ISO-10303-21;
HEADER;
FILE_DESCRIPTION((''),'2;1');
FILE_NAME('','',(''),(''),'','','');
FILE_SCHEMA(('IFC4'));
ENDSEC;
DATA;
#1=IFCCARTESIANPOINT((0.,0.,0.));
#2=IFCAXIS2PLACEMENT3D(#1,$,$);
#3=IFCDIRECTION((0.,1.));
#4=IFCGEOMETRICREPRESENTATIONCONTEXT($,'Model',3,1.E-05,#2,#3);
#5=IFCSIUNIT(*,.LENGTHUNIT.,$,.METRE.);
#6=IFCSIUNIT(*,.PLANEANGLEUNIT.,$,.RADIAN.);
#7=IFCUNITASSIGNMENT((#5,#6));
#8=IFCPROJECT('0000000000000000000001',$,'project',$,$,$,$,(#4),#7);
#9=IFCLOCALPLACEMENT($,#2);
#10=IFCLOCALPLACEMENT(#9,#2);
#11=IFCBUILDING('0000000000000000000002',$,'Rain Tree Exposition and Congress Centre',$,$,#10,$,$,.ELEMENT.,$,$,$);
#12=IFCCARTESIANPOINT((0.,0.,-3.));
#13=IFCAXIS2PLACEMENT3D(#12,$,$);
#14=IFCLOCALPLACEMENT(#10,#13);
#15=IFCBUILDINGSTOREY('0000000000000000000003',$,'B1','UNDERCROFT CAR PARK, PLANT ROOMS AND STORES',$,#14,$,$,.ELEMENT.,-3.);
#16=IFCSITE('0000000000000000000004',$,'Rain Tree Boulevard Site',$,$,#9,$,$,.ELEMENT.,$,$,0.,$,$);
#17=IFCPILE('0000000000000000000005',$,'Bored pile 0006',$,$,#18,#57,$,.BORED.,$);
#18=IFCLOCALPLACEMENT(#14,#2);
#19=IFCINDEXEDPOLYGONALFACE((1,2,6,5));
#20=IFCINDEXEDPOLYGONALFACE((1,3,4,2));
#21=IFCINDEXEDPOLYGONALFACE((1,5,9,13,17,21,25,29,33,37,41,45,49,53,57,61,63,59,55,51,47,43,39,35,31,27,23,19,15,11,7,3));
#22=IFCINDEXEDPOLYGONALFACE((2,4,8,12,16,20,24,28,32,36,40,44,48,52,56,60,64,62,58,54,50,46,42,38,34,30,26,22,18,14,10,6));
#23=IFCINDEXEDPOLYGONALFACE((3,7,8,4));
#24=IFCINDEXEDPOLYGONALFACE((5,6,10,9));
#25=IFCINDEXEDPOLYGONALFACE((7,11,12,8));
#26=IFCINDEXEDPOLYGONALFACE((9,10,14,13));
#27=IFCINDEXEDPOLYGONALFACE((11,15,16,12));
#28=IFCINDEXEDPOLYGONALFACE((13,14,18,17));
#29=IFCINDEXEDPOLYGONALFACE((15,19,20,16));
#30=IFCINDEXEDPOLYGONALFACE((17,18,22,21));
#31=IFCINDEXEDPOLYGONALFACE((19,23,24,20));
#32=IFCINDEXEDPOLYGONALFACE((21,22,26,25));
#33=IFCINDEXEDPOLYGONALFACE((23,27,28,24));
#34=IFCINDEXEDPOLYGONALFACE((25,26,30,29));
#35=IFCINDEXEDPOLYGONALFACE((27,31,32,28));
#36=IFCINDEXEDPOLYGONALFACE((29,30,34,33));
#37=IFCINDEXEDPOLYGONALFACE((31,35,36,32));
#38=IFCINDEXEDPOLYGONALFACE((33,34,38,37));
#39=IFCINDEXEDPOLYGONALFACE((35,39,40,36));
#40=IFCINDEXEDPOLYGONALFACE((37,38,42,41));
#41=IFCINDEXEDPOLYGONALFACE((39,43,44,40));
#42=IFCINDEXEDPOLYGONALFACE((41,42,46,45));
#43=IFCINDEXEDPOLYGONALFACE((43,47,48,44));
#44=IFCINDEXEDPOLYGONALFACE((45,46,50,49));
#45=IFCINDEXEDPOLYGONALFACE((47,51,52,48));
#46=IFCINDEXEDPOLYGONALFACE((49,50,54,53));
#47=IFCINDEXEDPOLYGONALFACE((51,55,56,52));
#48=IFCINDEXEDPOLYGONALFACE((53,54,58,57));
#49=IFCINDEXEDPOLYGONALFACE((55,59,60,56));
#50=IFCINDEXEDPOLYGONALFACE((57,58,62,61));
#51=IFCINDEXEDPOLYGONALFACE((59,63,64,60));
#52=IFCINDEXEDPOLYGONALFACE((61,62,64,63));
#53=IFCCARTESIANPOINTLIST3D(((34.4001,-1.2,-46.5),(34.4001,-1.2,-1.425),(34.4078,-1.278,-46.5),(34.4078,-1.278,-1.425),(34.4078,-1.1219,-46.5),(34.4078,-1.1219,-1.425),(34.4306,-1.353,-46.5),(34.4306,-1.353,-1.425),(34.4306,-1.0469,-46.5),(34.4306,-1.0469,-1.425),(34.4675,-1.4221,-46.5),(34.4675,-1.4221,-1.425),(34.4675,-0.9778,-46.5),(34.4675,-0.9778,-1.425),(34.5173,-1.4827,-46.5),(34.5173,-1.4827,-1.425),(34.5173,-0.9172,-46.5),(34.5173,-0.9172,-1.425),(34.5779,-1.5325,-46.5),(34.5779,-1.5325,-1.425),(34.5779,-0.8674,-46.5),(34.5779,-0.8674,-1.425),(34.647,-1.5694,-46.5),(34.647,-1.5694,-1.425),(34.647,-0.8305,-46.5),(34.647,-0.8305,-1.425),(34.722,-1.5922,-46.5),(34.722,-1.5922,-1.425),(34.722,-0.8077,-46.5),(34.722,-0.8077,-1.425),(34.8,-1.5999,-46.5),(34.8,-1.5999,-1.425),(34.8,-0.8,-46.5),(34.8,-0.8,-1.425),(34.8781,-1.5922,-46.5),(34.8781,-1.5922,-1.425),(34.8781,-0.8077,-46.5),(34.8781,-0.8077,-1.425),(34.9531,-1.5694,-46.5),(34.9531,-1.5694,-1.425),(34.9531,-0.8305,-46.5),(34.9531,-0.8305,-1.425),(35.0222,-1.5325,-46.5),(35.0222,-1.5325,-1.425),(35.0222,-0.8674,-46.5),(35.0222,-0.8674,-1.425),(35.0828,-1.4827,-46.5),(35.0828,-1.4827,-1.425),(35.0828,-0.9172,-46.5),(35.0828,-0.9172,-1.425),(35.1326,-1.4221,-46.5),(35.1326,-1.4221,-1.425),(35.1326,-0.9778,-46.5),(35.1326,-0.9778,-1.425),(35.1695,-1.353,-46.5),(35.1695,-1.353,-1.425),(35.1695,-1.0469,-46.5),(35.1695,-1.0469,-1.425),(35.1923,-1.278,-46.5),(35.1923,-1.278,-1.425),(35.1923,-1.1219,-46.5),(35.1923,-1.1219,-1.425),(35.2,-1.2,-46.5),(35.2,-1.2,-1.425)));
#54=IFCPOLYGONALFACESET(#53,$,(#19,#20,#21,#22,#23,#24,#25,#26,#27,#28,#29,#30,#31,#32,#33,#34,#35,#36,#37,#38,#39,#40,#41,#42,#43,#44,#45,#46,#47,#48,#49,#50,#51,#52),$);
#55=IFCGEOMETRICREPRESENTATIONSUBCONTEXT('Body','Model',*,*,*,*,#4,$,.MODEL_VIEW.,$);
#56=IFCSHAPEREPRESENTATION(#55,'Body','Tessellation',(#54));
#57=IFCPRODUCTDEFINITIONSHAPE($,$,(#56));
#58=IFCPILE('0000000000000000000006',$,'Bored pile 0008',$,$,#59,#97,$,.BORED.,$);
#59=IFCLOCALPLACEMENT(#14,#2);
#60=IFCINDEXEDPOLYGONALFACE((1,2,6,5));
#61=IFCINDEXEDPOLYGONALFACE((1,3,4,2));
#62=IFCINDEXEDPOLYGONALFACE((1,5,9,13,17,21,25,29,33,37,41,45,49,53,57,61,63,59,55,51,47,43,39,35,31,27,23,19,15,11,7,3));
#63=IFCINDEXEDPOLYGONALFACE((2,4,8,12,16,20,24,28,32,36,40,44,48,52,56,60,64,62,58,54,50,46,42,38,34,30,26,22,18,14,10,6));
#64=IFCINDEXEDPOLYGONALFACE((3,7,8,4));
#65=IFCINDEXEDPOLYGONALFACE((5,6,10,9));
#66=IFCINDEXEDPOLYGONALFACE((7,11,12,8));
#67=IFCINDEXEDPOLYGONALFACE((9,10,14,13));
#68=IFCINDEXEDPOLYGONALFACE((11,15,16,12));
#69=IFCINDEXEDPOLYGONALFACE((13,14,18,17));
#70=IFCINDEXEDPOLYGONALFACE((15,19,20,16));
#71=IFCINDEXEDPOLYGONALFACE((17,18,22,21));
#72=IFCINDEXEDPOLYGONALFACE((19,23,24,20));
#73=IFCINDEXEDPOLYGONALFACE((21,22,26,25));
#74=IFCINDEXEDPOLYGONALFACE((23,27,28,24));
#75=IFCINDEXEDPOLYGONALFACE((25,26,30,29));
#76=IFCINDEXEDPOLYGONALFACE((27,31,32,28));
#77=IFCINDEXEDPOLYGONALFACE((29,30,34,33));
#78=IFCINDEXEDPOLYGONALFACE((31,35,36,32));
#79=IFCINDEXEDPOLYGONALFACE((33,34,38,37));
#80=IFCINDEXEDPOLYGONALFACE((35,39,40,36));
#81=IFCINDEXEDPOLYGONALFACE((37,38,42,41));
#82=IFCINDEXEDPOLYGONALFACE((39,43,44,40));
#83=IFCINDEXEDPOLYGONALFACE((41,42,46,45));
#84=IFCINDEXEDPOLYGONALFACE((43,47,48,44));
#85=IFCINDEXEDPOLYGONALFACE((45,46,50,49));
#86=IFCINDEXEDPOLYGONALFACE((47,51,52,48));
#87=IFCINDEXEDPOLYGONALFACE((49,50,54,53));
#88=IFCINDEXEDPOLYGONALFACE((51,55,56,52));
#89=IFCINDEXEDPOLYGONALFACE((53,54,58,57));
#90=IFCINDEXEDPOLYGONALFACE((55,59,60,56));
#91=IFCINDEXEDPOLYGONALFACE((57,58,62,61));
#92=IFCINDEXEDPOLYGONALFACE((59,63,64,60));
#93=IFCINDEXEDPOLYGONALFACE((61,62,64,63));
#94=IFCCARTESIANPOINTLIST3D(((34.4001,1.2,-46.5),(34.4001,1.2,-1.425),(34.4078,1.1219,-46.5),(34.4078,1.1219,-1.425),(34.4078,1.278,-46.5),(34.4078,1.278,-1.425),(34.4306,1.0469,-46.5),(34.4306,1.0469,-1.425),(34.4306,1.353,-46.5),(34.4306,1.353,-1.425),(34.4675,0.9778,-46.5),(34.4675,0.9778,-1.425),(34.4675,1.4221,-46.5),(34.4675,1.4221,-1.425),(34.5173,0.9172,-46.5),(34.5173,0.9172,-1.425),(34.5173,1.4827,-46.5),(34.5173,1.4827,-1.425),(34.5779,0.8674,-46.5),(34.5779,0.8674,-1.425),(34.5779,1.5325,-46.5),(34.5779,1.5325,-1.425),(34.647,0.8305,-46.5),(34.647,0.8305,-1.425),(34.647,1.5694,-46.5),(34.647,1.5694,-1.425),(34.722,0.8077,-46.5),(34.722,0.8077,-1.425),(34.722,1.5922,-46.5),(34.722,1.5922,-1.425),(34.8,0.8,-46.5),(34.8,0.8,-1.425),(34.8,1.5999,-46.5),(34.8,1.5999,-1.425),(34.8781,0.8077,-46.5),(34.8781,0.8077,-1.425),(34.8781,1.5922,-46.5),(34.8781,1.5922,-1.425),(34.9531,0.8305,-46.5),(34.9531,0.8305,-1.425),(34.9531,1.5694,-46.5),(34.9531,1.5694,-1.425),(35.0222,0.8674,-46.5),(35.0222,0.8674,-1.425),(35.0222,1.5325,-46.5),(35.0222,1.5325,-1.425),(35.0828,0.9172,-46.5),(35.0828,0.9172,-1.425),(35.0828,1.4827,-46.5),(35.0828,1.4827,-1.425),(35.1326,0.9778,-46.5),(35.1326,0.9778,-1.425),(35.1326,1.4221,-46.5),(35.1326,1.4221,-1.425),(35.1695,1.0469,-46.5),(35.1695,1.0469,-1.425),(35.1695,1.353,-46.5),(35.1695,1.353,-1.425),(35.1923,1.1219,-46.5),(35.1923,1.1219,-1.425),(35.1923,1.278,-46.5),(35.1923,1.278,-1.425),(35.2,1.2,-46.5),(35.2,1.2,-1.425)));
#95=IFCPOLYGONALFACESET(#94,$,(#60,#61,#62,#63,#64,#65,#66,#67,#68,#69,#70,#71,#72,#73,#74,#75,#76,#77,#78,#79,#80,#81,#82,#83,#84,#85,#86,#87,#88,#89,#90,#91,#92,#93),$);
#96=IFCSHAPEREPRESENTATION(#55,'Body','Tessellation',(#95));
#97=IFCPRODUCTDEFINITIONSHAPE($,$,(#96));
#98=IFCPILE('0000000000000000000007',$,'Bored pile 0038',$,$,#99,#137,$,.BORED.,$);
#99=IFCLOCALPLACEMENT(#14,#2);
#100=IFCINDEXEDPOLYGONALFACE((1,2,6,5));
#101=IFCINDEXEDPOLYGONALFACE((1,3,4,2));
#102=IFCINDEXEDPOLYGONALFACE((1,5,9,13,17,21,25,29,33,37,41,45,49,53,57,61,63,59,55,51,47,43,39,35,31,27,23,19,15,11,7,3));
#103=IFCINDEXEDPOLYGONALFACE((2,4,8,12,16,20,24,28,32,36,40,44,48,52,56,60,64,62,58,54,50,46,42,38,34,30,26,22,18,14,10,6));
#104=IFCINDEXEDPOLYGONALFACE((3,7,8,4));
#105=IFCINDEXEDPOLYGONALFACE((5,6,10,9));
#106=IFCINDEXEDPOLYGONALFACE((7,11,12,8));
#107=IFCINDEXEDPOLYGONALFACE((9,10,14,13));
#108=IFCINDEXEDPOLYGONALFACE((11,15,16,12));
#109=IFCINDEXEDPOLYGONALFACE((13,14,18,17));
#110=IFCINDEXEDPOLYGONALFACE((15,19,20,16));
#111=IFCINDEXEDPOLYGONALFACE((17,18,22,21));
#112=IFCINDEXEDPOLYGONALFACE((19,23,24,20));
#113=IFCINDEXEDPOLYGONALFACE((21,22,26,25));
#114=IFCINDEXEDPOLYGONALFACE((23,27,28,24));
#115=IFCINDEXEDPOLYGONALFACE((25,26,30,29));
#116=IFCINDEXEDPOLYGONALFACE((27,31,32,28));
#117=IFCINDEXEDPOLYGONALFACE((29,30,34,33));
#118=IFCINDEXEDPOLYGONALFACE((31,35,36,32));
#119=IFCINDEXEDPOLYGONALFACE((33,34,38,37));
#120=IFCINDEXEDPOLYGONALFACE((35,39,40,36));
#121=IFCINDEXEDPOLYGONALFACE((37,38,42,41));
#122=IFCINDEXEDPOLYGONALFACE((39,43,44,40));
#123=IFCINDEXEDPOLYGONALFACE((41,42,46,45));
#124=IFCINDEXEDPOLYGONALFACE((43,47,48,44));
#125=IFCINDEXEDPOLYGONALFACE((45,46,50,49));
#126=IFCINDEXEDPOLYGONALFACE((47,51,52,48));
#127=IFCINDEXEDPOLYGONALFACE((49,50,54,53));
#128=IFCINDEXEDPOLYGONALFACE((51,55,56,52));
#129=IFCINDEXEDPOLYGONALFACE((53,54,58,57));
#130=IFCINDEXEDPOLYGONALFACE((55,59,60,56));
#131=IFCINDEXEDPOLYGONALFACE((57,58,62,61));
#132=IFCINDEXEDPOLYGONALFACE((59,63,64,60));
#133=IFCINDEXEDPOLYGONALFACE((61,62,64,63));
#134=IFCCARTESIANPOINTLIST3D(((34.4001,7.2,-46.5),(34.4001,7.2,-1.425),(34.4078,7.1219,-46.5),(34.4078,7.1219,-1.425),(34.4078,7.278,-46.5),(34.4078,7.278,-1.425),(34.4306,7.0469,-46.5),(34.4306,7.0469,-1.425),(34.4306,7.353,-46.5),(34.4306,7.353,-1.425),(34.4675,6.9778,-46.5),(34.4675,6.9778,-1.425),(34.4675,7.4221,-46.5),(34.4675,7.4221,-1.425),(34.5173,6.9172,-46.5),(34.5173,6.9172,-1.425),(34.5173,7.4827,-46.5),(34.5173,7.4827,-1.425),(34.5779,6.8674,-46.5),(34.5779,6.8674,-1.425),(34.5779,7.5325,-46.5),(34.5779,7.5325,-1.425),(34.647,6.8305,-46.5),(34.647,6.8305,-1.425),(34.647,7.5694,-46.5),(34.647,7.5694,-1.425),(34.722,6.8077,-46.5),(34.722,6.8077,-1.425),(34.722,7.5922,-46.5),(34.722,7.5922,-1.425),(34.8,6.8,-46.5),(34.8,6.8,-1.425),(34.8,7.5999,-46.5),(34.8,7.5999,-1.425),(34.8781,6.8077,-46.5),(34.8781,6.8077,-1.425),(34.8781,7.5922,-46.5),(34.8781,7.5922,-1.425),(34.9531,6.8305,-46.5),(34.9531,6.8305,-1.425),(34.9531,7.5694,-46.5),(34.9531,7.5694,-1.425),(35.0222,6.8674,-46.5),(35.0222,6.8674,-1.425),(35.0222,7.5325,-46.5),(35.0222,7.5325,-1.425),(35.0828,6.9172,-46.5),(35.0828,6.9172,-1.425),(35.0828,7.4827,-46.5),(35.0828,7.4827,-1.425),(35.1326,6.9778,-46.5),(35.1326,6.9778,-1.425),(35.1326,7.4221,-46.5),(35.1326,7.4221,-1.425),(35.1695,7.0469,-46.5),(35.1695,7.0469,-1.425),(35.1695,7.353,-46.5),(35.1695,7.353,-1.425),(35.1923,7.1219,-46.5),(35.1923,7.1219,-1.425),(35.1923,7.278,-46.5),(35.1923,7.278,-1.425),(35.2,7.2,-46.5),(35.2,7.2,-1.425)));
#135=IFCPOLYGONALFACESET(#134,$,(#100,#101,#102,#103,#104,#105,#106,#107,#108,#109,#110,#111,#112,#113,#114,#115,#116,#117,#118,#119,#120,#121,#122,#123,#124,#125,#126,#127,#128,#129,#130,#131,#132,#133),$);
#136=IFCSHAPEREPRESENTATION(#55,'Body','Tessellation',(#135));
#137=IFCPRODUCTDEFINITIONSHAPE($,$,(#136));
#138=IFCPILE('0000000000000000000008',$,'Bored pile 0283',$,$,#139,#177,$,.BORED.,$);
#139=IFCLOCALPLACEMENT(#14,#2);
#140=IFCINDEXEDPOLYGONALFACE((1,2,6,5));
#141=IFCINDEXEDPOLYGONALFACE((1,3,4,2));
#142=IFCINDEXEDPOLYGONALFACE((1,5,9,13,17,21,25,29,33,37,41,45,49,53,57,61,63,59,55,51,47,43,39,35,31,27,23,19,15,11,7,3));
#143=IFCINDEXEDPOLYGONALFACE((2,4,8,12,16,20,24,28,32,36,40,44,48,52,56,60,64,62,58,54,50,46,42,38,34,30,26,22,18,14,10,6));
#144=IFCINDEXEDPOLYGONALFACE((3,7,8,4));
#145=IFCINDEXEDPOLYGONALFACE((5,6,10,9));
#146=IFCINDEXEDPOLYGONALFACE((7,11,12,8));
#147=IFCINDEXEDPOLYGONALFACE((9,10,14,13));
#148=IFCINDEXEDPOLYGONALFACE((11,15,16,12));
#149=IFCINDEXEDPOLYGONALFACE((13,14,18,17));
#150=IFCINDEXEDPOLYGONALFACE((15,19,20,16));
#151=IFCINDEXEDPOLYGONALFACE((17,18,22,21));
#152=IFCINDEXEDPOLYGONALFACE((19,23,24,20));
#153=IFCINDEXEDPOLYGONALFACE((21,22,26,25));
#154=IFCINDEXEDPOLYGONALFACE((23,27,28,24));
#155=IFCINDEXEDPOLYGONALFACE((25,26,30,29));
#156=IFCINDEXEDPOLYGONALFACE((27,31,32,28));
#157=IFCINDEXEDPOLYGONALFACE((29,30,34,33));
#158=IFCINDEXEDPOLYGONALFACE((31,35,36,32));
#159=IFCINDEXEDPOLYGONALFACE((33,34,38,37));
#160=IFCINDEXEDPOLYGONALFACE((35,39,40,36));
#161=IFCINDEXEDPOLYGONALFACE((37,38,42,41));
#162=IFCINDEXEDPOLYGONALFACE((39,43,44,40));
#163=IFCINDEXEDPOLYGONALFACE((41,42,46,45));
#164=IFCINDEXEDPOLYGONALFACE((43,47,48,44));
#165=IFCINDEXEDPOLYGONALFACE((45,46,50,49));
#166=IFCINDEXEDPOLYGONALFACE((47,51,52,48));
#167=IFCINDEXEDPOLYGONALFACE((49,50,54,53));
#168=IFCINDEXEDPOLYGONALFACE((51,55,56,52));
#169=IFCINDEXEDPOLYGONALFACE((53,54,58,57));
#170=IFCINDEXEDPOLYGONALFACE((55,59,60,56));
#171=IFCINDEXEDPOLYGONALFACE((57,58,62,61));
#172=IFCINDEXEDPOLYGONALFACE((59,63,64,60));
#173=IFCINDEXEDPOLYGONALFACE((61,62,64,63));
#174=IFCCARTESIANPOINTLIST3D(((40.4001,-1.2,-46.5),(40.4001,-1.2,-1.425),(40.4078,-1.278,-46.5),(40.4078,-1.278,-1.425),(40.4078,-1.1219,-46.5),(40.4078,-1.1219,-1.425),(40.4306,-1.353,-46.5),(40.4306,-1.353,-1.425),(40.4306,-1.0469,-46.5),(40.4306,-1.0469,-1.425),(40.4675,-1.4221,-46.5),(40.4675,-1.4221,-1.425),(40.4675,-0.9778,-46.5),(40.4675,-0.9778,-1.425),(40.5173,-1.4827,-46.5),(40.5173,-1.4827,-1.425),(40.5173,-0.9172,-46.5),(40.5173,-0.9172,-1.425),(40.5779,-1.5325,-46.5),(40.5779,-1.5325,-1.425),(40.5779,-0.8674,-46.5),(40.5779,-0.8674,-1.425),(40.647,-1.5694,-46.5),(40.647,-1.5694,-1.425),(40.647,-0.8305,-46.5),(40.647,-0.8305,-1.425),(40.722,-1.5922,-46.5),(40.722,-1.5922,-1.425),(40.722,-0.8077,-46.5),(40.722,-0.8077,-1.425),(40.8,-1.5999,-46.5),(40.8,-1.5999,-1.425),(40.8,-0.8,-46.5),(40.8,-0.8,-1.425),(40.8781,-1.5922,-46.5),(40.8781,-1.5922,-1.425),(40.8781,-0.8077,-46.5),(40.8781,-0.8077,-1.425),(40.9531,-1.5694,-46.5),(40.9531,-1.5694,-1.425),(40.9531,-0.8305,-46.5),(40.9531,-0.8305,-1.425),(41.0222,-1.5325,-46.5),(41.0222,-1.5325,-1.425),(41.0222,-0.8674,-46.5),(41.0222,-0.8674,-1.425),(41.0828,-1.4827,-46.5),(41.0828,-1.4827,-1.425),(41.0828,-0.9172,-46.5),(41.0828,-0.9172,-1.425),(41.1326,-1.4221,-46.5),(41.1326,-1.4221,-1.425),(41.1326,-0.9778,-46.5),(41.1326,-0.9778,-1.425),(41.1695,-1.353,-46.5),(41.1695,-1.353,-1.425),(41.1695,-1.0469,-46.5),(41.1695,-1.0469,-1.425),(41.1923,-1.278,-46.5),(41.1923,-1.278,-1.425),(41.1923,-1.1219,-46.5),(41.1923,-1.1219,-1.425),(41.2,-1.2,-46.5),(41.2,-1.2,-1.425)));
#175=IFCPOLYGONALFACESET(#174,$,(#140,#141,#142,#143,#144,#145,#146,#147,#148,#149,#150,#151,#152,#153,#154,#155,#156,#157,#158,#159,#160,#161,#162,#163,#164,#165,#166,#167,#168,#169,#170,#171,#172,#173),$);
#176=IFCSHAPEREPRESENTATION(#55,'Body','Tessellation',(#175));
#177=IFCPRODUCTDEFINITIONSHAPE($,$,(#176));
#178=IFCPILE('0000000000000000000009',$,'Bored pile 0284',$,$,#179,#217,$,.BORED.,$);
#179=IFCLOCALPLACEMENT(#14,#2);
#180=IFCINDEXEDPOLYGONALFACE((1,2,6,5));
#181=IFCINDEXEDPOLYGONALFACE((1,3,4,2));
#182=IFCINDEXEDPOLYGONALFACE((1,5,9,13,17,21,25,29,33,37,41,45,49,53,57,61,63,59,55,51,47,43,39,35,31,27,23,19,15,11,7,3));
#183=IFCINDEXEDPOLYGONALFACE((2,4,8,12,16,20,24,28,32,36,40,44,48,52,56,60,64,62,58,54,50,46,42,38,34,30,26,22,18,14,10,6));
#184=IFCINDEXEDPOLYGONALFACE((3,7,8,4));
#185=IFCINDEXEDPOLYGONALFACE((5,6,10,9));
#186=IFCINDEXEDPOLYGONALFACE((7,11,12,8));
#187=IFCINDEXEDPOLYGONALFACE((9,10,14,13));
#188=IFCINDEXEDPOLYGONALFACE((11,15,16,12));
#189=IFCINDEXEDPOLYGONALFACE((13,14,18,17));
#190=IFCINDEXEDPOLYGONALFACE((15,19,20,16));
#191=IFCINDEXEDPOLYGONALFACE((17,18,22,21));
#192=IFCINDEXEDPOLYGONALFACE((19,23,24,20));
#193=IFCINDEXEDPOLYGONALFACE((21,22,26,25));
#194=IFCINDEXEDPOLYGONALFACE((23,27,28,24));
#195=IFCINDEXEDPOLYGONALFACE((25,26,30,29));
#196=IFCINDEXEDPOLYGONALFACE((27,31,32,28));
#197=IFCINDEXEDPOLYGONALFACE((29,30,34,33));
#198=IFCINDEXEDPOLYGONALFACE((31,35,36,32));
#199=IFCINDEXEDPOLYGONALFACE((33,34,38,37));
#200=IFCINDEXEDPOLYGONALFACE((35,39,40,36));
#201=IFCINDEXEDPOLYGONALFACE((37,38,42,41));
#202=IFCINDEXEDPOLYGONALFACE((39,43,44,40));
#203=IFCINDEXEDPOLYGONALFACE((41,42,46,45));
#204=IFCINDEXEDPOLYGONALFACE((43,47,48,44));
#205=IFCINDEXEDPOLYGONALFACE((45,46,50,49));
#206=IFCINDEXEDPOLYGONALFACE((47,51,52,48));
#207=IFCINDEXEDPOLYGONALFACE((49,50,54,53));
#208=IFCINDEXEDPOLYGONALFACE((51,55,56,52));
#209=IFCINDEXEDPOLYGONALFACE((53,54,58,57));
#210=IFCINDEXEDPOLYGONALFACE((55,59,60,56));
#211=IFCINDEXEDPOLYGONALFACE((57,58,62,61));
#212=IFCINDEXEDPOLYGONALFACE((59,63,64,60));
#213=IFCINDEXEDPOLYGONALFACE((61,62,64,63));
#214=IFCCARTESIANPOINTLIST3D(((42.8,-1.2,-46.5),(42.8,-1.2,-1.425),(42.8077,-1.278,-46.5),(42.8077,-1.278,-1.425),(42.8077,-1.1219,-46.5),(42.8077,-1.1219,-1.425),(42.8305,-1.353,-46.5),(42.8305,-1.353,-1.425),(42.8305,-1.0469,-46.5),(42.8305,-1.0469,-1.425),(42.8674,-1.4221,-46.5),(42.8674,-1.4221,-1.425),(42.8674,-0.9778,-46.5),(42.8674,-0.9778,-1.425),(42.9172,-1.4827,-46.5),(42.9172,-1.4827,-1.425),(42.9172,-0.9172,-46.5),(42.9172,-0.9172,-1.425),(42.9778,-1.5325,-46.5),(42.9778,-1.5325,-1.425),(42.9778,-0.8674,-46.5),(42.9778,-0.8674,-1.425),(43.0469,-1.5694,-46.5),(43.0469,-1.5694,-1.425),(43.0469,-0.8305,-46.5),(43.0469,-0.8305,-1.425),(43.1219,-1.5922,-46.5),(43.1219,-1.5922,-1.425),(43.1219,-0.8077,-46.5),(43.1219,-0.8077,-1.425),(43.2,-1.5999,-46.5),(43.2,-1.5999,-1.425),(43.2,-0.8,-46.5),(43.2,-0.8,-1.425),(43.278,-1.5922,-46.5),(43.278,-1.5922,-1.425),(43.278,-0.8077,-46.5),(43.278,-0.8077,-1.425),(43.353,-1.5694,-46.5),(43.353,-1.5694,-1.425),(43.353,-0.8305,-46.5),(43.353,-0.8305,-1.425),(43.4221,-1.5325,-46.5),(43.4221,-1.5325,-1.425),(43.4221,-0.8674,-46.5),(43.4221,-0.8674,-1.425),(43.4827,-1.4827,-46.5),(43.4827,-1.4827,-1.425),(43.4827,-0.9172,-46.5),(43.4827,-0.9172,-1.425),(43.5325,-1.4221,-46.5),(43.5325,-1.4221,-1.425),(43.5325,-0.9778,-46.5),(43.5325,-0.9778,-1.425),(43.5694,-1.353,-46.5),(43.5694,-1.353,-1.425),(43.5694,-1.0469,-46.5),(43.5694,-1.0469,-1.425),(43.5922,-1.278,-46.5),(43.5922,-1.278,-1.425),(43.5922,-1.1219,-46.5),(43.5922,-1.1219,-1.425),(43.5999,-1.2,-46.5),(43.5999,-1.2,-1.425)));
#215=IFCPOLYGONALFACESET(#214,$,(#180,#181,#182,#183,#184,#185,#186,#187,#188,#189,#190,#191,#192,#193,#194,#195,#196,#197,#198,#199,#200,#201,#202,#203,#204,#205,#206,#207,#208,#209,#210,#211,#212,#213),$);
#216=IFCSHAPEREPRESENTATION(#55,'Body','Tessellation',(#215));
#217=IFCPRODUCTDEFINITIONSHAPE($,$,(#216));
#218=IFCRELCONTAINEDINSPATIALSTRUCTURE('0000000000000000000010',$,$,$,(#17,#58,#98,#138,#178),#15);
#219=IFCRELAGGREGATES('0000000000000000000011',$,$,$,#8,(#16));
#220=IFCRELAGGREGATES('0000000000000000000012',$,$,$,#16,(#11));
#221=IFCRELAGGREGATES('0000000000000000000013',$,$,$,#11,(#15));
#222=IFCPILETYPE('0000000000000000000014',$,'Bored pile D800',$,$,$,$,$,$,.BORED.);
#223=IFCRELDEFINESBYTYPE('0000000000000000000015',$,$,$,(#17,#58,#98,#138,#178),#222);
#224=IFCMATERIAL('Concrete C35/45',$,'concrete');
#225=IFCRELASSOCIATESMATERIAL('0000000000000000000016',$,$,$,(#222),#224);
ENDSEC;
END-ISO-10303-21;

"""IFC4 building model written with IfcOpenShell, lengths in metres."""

from ifc_helpers import new_model, si_unit, direction, frame, origin, origin_2d, place, context, subcontext, project, spatial, circle, extrude, material, material_profile, profile_set, type_object, element, save


model = new_model("IFC4")

# Units and contexts
model_context = context("Model", 3, precision=1e-05, world=origin(), true_north=direction((0.0, 1.0)))
body_context = subcontext(model_context, "Body", "Model", "MODEL_VIEW")
ifc_project = project(units=[si_unit("LENGTHUNIT", "METRE"), si_unit("PLANEANGLEUNIT", "RADIAN")], contexts=[model_context])

# Site, building, storey
site_placement = place(None, origin())
site = spatial("IfcSite", under=ifc_project, at=site_placement, Name="Rain Tree Boulevard Site", CompositionType="ELEMENT", RefElevation=0.0)
building_placement = place(site_placement, origin())
building = spatial("IfcBuilding", under=site, at=building_placement, Name="Rain Tree Exposition and Congress Centre", CompositionType="ELEMENT")
storey_placement = place(building_placement, frame((0.0, 0.0, -3.0)))
storey = spatial("IfcBuildingStorey", under=building, at=storey_placement, Name="B1", Description="UNDERCROFT CAR PARK, PLANT ROOMS AND STORES", CompositionType="ELEMENT", Elevation=-3.0)

# Piles
ifc_material_1 = material(Name="Concrete C35/45", Category="concrete")
ifc_material_profile_1 = material_profile(ifc_material_1, circle(Radius=0.3999, at=origin_2d()), Name="D800")
ifc_profile_set_1 = profile_set([ifc_material_profile_1], Name="Concrete C35/45")
pile_type = type_object("IfcPileType", Name="Bored pile D800", PredefinedType="BORED", material=ifc_profile_set_1)
for number, where, z_axis, x_axis, name in (
    (1, (34.8, -1.2, -1.425), (0.0, 0.0, -1.0), (1.0, 0.0, 0.0), "Bored pile 0006"),
    (2, (34.8, 1.2, -1.425), (0.0, 0.0, -1.0), (1.0, 0.0, 0.0), "Bored pile 0008"),
    (3, (34.8, 7.2, -1.425), (0.0, 0.0, -1.0), (1.0, 0.0, 0.0), "Bored pile 0038"),
    (4, (40.8, -1.2, -1.425), (0.0, 0.0, -1.0), (1.0, 0.0, 0.0), "Bored pile 0283"),
    (5, (43.2, -1.2, -1.425), (0.0, 0.0, -1.0), (1.0, 0.0, 0.0), "Bored pile 0284"),
):
    element("IfcPile", number, at=place(storey_placement, frame(where, z_axis=z_axis, x_axis=x_axis)), inside=storey, type_object=pile_type, Name=name, PredefinedType="BORED", context=body_context, shape_type="SweptSolid", body=[
        extrude(circle(Radius=0.3999, at=origin_2d()), origin(), (0.0, 0.0, 1.0), 45.075),
    ])

save(model, "model.ifc")
